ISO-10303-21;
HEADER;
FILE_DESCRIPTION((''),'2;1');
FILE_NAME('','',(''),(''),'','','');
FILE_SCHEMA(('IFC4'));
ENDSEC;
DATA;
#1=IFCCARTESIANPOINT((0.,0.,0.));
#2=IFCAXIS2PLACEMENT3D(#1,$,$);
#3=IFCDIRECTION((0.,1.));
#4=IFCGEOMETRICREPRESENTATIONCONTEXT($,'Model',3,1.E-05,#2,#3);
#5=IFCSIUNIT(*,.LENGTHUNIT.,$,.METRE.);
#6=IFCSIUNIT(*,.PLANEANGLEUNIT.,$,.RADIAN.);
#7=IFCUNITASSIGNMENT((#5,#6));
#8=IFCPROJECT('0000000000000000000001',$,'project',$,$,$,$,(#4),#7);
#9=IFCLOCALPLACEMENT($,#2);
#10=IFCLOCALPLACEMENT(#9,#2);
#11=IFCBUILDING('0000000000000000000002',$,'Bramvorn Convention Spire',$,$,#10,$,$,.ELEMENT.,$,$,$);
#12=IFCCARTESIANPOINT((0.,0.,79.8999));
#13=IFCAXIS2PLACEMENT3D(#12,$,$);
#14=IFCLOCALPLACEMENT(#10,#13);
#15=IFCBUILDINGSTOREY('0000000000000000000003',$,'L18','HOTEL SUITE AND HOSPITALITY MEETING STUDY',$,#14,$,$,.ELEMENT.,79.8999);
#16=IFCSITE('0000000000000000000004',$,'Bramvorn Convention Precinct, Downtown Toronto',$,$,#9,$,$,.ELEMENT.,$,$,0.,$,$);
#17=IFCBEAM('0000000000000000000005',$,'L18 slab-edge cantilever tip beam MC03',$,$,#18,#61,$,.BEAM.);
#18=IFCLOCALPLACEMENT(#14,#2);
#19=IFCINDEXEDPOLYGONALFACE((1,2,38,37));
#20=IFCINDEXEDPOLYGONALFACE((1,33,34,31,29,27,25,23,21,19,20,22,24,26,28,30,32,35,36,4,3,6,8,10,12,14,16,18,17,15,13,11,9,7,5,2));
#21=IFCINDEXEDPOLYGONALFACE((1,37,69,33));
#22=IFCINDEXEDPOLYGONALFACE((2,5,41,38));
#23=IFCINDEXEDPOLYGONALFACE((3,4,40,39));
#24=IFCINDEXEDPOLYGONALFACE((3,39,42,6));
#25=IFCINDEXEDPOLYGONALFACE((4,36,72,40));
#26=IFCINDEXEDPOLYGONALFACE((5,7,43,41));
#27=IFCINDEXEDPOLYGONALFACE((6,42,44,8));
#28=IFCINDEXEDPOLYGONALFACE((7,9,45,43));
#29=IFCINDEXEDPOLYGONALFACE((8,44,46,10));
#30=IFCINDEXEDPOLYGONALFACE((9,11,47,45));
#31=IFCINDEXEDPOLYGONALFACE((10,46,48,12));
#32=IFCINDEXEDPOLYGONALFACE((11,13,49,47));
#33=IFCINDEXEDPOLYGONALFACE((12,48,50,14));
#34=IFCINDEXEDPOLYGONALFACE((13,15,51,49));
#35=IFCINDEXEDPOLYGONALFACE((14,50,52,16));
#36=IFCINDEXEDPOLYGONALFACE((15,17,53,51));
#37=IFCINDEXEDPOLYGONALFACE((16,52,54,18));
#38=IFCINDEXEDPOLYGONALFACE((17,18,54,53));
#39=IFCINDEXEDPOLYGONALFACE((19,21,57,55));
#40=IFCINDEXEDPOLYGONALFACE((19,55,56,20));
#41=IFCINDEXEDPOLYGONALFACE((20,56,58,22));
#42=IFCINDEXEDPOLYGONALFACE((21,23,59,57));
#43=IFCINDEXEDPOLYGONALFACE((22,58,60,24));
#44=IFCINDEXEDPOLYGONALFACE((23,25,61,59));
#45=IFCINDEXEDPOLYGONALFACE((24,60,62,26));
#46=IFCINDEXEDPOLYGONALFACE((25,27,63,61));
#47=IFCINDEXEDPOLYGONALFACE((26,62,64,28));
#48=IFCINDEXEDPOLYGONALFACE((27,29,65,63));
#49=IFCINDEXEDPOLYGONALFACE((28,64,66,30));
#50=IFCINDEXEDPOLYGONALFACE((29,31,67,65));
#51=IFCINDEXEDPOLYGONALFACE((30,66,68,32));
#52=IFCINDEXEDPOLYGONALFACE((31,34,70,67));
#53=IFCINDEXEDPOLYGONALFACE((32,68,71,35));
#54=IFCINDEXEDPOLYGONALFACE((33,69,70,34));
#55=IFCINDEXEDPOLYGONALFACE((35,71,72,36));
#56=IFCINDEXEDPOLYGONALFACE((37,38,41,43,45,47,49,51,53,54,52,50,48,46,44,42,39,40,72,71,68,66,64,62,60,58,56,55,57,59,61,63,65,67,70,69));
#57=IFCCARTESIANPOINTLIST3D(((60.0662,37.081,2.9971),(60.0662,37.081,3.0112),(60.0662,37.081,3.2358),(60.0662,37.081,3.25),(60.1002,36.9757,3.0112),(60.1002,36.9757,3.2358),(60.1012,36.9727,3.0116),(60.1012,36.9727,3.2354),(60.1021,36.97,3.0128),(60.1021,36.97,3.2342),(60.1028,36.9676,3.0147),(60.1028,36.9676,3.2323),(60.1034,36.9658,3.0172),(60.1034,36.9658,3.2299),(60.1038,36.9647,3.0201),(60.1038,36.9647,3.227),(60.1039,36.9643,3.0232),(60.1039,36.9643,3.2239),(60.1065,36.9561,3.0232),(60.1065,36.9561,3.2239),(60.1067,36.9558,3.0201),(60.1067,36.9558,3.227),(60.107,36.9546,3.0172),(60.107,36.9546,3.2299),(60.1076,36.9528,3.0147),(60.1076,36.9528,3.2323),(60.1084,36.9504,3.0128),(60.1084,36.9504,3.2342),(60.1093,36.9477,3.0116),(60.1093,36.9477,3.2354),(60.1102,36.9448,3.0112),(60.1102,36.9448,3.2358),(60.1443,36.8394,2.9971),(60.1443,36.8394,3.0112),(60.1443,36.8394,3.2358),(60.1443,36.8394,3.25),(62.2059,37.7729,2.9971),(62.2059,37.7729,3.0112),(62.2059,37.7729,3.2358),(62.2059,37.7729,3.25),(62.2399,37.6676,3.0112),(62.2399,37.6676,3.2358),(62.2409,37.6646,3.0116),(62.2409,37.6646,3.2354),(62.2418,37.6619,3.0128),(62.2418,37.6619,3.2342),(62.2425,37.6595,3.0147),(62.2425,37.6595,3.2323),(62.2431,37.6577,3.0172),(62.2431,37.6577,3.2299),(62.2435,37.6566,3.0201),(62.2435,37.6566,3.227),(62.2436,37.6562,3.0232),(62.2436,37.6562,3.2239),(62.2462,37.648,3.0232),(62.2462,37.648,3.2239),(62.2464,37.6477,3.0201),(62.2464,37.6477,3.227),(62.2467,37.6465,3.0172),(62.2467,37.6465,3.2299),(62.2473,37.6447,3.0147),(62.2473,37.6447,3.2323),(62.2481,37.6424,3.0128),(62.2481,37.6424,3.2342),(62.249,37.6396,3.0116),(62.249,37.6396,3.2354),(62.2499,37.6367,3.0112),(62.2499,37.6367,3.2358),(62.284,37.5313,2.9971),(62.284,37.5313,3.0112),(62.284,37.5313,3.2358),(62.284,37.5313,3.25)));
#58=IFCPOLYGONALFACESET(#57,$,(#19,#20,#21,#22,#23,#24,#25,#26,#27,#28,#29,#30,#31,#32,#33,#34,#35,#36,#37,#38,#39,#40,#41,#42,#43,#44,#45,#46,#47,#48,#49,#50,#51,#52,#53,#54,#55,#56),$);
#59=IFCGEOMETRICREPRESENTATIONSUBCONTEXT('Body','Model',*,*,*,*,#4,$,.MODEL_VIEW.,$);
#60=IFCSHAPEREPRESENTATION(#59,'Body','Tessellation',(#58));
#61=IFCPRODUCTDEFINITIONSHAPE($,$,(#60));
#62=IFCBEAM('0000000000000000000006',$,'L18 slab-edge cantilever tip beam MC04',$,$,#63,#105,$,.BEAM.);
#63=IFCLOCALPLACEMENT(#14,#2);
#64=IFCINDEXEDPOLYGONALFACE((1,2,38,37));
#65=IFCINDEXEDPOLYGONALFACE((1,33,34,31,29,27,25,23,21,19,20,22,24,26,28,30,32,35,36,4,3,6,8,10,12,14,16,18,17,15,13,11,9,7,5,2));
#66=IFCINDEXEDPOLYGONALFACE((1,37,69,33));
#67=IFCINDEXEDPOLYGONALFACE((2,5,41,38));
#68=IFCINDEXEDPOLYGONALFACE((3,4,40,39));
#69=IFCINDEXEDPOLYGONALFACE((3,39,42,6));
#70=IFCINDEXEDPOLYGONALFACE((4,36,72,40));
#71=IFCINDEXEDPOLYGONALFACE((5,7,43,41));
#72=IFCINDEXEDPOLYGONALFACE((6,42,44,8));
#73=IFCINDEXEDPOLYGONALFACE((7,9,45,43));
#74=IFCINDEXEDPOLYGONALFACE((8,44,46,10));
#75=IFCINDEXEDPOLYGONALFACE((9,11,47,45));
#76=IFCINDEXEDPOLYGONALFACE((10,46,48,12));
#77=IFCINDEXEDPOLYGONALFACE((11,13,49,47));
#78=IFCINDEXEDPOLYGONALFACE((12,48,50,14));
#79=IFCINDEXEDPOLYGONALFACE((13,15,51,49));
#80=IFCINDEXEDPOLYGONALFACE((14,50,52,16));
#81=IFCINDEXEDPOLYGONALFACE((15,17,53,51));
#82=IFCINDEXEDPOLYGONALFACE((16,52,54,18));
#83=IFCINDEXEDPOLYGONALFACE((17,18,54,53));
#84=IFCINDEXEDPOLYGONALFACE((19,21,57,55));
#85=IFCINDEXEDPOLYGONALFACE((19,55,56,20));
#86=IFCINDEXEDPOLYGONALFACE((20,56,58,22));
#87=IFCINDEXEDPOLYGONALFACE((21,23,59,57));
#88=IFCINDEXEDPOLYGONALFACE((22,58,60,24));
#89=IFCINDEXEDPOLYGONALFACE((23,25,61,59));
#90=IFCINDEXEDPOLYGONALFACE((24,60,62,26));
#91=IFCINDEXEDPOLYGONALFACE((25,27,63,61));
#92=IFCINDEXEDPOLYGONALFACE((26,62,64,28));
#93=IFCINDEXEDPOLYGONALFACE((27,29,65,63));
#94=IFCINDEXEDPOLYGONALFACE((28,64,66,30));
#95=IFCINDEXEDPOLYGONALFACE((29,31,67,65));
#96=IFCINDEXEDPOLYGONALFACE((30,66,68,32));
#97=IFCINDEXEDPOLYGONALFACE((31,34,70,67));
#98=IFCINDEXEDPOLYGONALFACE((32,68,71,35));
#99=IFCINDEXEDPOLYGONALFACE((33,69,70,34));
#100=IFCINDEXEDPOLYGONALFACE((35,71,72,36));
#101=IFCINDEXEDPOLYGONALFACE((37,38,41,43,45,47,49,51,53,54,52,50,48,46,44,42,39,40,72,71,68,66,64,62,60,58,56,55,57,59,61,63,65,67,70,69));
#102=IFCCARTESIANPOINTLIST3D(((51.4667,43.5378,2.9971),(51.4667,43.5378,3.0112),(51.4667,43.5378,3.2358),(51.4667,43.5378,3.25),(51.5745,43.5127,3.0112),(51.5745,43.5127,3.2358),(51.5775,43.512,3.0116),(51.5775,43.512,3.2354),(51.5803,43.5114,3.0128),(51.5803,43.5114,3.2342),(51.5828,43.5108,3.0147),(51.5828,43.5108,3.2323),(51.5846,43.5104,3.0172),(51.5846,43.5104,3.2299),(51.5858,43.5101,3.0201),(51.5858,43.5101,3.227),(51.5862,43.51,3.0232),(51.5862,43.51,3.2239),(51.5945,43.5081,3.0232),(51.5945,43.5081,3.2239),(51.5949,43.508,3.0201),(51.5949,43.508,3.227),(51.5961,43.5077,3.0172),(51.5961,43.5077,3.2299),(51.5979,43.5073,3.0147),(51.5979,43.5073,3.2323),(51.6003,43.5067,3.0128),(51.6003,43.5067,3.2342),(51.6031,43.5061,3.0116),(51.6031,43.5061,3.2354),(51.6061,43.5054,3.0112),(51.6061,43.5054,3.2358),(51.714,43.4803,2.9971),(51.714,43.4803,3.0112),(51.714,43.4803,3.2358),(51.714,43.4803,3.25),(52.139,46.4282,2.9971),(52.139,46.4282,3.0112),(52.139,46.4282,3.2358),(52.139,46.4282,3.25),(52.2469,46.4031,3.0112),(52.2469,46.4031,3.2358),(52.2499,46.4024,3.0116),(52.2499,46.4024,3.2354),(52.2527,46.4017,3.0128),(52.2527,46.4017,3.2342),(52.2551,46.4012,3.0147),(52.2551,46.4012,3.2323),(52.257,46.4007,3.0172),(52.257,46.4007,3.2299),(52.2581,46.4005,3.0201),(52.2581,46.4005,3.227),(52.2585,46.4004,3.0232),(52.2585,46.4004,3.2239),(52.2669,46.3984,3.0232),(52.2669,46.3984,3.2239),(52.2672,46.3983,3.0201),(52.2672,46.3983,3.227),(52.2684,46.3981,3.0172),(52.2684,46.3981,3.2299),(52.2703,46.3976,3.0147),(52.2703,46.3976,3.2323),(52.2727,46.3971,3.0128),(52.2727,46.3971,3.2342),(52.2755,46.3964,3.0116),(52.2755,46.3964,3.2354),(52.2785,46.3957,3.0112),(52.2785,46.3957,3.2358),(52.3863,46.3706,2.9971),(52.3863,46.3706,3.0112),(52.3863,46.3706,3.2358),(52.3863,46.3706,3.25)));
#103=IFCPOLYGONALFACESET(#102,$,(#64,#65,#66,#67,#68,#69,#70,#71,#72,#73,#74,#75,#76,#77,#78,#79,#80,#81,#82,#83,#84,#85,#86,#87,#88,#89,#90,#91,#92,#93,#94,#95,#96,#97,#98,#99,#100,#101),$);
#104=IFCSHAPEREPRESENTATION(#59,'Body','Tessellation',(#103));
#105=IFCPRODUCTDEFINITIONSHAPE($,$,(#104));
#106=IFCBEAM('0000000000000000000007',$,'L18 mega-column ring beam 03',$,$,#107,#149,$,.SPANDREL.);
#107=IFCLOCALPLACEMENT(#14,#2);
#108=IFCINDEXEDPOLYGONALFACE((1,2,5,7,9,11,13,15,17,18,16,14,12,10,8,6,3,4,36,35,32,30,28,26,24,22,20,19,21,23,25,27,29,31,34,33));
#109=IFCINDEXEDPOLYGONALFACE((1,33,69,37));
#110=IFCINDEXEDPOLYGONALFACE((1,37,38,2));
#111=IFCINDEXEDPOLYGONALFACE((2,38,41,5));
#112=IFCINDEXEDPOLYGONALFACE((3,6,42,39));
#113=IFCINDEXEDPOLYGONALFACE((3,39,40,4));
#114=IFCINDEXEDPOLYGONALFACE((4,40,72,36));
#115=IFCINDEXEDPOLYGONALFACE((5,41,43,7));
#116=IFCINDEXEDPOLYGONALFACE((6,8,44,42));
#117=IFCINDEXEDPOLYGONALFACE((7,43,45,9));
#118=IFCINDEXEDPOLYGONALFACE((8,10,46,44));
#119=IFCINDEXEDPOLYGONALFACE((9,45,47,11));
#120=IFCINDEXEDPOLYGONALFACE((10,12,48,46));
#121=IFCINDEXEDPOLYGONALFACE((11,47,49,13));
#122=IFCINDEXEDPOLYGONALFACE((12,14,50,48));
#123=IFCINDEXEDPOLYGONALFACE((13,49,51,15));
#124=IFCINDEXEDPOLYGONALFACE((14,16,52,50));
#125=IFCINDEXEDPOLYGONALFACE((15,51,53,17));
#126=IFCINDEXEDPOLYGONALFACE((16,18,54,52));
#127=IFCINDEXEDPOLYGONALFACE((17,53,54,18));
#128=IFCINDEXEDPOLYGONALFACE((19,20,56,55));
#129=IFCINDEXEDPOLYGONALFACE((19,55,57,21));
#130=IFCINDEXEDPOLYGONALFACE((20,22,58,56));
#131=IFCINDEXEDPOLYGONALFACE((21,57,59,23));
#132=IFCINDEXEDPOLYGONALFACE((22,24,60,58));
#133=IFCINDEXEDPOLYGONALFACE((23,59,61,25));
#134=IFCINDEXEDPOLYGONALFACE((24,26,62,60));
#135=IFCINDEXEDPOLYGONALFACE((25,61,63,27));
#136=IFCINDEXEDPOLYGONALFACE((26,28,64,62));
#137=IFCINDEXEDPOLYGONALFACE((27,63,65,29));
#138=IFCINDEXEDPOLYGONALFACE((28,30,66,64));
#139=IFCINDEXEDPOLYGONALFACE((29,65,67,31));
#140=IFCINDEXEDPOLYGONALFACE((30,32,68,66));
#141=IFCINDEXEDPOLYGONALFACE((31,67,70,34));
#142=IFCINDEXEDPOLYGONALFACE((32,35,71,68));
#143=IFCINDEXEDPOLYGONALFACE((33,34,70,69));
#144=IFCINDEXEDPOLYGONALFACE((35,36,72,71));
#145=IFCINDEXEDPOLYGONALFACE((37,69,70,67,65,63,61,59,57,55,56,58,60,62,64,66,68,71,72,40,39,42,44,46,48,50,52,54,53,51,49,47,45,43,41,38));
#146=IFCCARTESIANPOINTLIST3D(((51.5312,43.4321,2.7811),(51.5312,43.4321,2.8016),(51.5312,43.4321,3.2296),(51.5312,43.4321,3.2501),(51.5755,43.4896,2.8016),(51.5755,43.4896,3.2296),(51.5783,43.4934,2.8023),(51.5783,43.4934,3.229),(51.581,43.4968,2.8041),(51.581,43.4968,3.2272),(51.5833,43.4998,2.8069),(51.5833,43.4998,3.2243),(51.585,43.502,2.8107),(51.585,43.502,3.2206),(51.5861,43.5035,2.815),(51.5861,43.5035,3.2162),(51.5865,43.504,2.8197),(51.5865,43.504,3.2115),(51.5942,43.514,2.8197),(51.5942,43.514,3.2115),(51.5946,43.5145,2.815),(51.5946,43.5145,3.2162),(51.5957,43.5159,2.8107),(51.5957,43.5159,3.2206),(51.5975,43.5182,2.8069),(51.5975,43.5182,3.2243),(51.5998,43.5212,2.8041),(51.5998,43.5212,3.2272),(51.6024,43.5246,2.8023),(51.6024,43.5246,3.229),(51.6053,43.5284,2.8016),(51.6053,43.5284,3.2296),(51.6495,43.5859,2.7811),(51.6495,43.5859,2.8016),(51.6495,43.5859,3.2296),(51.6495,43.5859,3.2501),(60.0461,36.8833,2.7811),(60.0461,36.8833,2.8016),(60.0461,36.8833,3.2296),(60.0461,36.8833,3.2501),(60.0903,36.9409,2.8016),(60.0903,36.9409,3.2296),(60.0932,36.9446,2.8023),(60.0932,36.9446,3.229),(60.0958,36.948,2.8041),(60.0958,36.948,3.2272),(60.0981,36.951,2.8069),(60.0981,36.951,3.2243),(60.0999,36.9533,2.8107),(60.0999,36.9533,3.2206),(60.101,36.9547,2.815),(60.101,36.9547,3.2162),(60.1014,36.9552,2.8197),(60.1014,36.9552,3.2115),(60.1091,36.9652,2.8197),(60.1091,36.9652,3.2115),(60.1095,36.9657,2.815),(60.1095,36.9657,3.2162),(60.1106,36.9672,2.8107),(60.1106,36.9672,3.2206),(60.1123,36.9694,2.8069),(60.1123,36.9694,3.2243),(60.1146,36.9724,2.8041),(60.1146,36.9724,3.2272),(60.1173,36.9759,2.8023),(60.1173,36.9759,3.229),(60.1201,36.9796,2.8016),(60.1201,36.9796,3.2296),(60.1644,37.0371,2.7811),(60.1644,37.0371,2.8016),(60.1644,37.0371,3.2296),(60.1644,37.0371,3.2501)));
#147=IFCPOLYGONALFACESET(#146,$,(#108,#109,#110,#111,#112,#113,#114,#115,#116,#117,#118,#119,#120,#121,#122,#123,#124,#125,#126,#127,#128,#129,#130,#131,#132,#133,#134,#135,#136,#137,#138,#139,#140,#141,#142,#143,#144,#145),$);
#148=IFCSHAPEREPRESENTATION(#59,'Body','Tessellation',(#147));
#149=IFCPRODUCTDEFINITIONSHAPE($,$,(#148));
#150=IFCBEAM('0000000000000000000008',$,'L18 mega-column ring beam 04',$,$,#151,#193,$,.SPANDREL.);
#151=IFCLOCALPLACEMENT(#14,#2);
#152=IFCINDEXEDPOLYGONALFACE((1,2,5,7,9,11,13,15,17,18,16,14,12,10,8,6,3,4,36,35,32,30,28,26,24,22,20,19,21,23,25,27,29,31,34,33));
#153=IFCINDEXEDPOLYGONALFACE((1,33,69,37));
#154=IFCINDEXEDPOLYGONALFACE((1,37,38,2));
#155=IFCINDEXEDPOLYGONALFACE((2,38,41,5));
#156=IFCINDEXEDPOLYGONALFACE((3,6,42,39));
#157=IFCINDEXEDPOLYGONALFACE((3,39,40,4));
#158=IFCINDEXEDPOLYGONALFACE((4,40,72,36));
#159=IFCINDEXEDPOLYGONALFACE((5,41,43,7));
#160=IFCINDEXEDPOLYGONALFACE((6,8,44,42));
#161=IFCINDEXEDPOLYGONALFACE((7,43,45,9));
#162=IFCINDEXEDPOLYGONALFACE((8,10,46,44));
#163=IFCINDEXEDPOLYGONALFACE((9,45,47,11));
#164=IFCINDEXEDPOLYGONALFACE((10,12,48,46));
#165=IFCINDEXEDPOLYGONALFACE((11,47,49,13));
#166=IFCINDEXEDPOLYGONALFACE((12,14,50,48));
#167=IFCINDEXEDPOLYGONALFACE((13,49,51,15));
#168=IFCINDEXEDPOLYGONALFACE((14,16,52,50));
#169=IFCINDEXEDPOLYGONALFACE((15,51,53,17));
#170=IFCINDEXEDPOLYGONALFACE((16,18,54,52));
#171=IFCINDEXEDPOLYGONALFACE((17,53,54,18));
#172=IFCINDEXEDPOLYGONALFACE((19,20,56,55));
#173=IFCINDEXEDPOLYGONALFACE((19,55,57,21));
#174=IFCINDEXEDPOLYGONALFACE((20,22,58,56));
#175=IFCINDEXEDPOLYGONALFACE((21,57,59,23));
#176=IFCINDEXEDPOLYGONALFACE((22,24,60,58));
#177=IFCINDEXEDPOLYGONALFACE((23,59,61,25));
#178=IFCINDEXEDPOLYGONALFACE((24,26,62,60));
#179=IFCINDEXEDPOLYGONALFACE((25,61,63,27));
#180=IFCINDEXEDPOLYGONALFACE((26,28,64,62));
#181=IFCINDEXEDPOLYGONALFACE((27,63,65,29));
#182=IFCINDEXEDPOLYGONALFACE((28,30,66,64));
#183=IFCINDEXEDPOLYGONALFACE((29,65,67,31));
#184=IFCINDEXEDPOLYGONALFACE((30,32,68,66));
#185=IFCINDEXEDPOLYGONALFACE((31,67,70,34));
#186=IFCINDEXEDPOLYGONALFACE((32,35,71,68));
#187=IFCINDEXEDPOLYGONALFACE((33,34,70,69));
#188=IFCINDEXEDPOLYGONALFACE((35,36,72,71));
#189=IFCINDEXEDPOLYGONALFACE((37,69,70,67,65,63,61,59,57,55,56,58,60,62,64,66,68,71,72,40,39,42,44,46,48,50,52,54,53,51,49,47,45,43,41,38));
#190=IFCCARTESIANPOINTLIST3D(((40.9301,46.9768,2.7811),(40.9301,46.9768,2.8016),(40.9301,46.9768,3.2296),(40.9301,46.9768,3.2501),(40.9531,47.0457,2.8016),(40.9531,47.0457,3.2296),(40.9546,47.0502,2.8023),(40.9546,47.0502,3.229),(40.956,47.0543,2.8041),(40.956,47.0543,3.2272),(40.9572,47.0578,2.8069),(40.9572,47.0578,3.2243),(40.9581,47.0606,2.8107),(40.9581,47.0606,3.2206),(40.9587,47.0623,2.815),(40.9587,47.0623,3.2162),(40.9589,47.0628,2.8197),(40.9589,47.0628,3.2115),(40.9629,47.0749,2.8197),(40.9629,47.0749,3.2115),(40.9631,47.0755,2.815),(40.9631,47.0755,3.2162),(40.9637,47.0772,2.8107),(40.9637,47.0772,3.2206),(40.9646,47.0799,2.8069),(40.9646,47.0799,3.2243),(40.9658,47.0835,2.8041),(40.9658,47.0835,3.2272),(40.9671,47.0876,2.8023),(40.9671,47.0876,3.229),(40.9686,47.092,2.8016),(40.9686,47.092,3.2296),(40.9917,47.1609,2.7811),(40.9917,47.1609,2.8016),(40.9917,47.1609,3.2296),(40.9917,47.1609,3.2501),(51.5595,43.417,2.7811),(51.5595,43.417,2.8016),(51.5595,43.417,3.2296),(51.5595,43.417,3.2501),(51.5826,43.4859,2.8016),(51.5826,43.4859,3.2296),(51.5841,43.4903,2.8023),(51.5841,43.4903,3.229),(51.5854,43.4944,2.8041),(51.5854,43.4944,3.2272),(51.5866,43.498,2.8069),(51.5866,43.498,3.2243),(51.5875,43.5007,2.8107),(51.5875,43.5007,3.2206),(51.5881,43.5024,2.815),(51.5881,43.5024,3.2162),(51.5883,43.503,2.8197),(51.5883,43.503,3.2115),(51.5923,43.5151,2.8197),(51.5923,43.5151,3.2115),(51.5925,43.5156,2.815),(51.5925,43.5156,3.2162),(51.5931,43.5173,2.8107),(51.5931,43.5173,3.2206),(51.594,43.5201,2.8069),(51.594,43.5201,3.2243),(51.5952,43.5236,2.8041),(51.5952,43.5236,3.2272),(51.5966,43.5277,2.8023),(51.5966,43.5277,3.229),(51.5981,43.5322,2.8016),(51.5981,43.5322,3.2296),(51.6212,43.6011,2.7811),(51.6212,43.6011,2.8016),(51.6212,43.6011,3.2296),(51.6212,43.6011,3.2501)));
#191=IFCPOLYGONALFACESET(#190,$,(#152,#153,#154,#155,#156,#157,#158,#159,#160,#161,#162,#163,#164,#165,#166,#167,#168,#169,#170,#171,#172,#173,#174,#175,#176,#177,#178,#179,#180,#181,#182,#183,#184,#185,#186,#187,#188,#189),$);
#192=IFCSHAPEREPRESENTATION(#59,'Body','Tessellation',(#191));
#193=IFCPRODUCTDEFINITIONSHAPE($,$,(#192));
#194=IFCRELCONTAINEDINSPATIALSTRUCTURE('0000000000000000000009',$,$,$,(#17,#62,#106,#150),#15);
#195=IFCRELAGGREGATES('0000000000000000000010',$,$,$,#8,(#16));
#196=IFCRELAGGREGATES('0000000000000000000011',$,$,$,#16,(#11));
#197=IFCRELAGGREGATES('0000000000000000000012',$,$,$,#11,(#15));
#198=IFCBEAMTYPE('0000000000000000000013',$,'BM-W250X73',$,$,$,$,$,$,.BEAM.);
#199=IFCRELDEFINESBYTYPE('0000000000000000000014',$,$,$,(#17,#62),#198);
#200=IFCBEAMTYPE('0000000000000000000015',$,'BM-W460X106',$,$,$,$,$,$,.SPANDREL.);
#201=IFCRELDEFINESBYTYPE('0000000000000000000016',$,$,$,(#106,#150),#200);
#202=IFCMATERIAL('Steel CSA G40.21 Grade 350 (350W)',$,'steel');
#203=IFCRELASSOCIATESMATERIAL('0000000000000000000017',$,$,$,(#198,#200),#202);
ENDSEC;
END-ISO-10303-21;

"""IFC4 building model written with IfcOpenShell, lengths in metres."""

from ifc_helpers import new_model, si_unit, direction, frame, origin, origin_2d, place, context, subcontext, project, spatial, i_section, extrude, material, material_profile, profile_set, type_object, element, save


model = new_model("IFC4")

# Units and contexts
model_context = context("Model", 3, precision=1e-05, world=origin(), true_north=direction((0.0, 1.0)))
body_context = subcontext(model_context, "Body", "Model", "MODEL_VIEW")
ifc_project = project(units=[si_unit("LENGTHUNIT", "METRE"), si_unit("PLANEANGLEUNIT", "RADIAN")], contexts=[model_context])

# Site, building, storey
site_placement = place(None, origin())
site = spatial("IfcSite", under=ifc_project, at=site_placement, Name="Bramvorn Convention Precinct, Downtown Toronto", CompositionType="ELEMENT", RefElevation=0.0)
building_placement = place(site_placement, origin())
building = spatial("IfcBuilding", under=site, at=building_placement, Name="Bramvorn Convention Spire", CompositionType="ELEMENT")
storey_placement = place(building_placement, frame((0.0, 0.0, 79.8999)))
storey = spatial("IfcBuildingStorey", under=building, at=storey_placement, Name="L18", Description="HOTEL SUITE AND HOSPITALITY MEETING STUDY", CompositionType="ELEMENT", Elevation=79.8999)

# Shared definitions
ifc_material_1 = material(Name="Steel CSA G40.21 Grade 350 (350W)", Category="steel")

# Beams
ifc_material_profile_1 = material_profile(ifc_material_1, i_section(OverallWidth=0.2539, OverallDepth=0.2529, WebThickness=0.0085, FlangeThickness=0.0142, FilletRadius=0.012, at=origin_2d()))
ifc_profile_set_1 = profile_set([ifc_material_profile_1], Name="Steel CSA G40.21 Grade 350 (350W) - W250X73")
beam_type_1 = type_object("IfcBeamType", Name="BM-W250X73", PredefinedType="BEAM", material=ifc_profile_set_1)
beam_1_placement = place(storey_placement, frame((60.1052, 36.9602, 3.1235), z_axis=(0.951489, 0.307682, 0.0), x_axis=(-0.307682, 0.951489, 0.0)))
element("IfcBeam", 1, at=beam_1_placement, inside=storey, type_object=beam_type_1, Name="L18 slab-edge cantilever tip beam MC03", PredefinedType="BEAM", context=body_context, shape_type="SweptSolid", body=[
    extrude(i_section(OverallWidth=0.2539, OverallDepth=0.2529, WebThickness=0.0085, FlangeThickness=0.0142, FilletRadius=0.012, at=origin_2d()), origin(), (0.0, 0.0, 1.0), 2.2488),
])
beam_2_placement = place(storey_placement, frame((51.5903, 43.509, 3.1235), z_axis=(0.226572, 0.973995, 0.0), x_axis=(-0.973995, 0.226572, 0.0)))
element("IfcBeam", 2, at=beam_2_placement, inside=storey, type_object=beam_type_1, Name="L18 slab-edge cantilever tip beam MC04", PredefinedType="BEAM", context=body_context, shape_type="SweptSolid", body=[
    extrude(i_section(OverallWidth=0.2539, OverallDepth=0.2529, WebThickness=0.0085, FlangeThickness=0.0142, FilletRadius=0.012, at=origin_2d()), origin(), (0.0, 0.0, 1.0), 2.9675),
])
ifc_material_profile_2 = material_profile(ifc_material_1, i_section(OverallWidth=0.1941, OverallDepth=0.469, WebThickness=0.0127, FlangeThickness=0.0205, FilletRadius=0.0181, at=origin_2d()))
ifc_profile_set_2 = profile_set([ifc_material_profile_2], Name="Steel CSA G40.21 Grade 350 (350W) - W460X106")
beam_type_2 = type_object("IfcBeamType", Name="BM-W460X106", PredefinedType="SPANDREL", material=ifc_profile_set_2)
beam_3_placement = place(storey_placement, frame((60.1052, 36.9602, 3.0156), z_axis=(-0.792673, 0.609647, 0.0), x_axis=(-0.609647, -0.792673, 0.0)))
element("IfcBeam", 3, at=beam_3_placement, inside=storey, type_object=beam_type_2, Name="L18 mega-column ring beam 03", PredefinedType="SPANDREL", context=body_context, shape_type="SweptSolid", body=[
    extrude(i_section(OverallWidth=0.1941, OverallDepth=0.469, WebThickness=0.0127, FlangeThickness=0.0205, FilletRadius=0.0181, at=origin_2d()), origin(), (0.0, 0.0, 1.0), 10.7419),
])
beam_4_placement = place(storey_placement, frame((51.5903, 43.509, 3.0156), z_axis=(-0.948236, 0.317567, 0.0), x_axis=(-0.317567, -0.948236, 0.0)))
element("IfcBeam", 4, at=beam_4_placement, inside=storey, type_object=beam_type_2, Name="L18 mega-column ring beam 04", PredefinedType="SPANDREL", context=body_context, shape_type="SweptSolid", body=[
    extrude(i_section(OverallWidth=0.1941, OverallDepth=0.469, WebThickness=0.0127, FlangeThickness=0.0205, FilletRadius=0.0181, at=origin_2d()), origin(), (0.0, 0.0, 1.0), 11.2097),
])

save(model, "model.ifc")
